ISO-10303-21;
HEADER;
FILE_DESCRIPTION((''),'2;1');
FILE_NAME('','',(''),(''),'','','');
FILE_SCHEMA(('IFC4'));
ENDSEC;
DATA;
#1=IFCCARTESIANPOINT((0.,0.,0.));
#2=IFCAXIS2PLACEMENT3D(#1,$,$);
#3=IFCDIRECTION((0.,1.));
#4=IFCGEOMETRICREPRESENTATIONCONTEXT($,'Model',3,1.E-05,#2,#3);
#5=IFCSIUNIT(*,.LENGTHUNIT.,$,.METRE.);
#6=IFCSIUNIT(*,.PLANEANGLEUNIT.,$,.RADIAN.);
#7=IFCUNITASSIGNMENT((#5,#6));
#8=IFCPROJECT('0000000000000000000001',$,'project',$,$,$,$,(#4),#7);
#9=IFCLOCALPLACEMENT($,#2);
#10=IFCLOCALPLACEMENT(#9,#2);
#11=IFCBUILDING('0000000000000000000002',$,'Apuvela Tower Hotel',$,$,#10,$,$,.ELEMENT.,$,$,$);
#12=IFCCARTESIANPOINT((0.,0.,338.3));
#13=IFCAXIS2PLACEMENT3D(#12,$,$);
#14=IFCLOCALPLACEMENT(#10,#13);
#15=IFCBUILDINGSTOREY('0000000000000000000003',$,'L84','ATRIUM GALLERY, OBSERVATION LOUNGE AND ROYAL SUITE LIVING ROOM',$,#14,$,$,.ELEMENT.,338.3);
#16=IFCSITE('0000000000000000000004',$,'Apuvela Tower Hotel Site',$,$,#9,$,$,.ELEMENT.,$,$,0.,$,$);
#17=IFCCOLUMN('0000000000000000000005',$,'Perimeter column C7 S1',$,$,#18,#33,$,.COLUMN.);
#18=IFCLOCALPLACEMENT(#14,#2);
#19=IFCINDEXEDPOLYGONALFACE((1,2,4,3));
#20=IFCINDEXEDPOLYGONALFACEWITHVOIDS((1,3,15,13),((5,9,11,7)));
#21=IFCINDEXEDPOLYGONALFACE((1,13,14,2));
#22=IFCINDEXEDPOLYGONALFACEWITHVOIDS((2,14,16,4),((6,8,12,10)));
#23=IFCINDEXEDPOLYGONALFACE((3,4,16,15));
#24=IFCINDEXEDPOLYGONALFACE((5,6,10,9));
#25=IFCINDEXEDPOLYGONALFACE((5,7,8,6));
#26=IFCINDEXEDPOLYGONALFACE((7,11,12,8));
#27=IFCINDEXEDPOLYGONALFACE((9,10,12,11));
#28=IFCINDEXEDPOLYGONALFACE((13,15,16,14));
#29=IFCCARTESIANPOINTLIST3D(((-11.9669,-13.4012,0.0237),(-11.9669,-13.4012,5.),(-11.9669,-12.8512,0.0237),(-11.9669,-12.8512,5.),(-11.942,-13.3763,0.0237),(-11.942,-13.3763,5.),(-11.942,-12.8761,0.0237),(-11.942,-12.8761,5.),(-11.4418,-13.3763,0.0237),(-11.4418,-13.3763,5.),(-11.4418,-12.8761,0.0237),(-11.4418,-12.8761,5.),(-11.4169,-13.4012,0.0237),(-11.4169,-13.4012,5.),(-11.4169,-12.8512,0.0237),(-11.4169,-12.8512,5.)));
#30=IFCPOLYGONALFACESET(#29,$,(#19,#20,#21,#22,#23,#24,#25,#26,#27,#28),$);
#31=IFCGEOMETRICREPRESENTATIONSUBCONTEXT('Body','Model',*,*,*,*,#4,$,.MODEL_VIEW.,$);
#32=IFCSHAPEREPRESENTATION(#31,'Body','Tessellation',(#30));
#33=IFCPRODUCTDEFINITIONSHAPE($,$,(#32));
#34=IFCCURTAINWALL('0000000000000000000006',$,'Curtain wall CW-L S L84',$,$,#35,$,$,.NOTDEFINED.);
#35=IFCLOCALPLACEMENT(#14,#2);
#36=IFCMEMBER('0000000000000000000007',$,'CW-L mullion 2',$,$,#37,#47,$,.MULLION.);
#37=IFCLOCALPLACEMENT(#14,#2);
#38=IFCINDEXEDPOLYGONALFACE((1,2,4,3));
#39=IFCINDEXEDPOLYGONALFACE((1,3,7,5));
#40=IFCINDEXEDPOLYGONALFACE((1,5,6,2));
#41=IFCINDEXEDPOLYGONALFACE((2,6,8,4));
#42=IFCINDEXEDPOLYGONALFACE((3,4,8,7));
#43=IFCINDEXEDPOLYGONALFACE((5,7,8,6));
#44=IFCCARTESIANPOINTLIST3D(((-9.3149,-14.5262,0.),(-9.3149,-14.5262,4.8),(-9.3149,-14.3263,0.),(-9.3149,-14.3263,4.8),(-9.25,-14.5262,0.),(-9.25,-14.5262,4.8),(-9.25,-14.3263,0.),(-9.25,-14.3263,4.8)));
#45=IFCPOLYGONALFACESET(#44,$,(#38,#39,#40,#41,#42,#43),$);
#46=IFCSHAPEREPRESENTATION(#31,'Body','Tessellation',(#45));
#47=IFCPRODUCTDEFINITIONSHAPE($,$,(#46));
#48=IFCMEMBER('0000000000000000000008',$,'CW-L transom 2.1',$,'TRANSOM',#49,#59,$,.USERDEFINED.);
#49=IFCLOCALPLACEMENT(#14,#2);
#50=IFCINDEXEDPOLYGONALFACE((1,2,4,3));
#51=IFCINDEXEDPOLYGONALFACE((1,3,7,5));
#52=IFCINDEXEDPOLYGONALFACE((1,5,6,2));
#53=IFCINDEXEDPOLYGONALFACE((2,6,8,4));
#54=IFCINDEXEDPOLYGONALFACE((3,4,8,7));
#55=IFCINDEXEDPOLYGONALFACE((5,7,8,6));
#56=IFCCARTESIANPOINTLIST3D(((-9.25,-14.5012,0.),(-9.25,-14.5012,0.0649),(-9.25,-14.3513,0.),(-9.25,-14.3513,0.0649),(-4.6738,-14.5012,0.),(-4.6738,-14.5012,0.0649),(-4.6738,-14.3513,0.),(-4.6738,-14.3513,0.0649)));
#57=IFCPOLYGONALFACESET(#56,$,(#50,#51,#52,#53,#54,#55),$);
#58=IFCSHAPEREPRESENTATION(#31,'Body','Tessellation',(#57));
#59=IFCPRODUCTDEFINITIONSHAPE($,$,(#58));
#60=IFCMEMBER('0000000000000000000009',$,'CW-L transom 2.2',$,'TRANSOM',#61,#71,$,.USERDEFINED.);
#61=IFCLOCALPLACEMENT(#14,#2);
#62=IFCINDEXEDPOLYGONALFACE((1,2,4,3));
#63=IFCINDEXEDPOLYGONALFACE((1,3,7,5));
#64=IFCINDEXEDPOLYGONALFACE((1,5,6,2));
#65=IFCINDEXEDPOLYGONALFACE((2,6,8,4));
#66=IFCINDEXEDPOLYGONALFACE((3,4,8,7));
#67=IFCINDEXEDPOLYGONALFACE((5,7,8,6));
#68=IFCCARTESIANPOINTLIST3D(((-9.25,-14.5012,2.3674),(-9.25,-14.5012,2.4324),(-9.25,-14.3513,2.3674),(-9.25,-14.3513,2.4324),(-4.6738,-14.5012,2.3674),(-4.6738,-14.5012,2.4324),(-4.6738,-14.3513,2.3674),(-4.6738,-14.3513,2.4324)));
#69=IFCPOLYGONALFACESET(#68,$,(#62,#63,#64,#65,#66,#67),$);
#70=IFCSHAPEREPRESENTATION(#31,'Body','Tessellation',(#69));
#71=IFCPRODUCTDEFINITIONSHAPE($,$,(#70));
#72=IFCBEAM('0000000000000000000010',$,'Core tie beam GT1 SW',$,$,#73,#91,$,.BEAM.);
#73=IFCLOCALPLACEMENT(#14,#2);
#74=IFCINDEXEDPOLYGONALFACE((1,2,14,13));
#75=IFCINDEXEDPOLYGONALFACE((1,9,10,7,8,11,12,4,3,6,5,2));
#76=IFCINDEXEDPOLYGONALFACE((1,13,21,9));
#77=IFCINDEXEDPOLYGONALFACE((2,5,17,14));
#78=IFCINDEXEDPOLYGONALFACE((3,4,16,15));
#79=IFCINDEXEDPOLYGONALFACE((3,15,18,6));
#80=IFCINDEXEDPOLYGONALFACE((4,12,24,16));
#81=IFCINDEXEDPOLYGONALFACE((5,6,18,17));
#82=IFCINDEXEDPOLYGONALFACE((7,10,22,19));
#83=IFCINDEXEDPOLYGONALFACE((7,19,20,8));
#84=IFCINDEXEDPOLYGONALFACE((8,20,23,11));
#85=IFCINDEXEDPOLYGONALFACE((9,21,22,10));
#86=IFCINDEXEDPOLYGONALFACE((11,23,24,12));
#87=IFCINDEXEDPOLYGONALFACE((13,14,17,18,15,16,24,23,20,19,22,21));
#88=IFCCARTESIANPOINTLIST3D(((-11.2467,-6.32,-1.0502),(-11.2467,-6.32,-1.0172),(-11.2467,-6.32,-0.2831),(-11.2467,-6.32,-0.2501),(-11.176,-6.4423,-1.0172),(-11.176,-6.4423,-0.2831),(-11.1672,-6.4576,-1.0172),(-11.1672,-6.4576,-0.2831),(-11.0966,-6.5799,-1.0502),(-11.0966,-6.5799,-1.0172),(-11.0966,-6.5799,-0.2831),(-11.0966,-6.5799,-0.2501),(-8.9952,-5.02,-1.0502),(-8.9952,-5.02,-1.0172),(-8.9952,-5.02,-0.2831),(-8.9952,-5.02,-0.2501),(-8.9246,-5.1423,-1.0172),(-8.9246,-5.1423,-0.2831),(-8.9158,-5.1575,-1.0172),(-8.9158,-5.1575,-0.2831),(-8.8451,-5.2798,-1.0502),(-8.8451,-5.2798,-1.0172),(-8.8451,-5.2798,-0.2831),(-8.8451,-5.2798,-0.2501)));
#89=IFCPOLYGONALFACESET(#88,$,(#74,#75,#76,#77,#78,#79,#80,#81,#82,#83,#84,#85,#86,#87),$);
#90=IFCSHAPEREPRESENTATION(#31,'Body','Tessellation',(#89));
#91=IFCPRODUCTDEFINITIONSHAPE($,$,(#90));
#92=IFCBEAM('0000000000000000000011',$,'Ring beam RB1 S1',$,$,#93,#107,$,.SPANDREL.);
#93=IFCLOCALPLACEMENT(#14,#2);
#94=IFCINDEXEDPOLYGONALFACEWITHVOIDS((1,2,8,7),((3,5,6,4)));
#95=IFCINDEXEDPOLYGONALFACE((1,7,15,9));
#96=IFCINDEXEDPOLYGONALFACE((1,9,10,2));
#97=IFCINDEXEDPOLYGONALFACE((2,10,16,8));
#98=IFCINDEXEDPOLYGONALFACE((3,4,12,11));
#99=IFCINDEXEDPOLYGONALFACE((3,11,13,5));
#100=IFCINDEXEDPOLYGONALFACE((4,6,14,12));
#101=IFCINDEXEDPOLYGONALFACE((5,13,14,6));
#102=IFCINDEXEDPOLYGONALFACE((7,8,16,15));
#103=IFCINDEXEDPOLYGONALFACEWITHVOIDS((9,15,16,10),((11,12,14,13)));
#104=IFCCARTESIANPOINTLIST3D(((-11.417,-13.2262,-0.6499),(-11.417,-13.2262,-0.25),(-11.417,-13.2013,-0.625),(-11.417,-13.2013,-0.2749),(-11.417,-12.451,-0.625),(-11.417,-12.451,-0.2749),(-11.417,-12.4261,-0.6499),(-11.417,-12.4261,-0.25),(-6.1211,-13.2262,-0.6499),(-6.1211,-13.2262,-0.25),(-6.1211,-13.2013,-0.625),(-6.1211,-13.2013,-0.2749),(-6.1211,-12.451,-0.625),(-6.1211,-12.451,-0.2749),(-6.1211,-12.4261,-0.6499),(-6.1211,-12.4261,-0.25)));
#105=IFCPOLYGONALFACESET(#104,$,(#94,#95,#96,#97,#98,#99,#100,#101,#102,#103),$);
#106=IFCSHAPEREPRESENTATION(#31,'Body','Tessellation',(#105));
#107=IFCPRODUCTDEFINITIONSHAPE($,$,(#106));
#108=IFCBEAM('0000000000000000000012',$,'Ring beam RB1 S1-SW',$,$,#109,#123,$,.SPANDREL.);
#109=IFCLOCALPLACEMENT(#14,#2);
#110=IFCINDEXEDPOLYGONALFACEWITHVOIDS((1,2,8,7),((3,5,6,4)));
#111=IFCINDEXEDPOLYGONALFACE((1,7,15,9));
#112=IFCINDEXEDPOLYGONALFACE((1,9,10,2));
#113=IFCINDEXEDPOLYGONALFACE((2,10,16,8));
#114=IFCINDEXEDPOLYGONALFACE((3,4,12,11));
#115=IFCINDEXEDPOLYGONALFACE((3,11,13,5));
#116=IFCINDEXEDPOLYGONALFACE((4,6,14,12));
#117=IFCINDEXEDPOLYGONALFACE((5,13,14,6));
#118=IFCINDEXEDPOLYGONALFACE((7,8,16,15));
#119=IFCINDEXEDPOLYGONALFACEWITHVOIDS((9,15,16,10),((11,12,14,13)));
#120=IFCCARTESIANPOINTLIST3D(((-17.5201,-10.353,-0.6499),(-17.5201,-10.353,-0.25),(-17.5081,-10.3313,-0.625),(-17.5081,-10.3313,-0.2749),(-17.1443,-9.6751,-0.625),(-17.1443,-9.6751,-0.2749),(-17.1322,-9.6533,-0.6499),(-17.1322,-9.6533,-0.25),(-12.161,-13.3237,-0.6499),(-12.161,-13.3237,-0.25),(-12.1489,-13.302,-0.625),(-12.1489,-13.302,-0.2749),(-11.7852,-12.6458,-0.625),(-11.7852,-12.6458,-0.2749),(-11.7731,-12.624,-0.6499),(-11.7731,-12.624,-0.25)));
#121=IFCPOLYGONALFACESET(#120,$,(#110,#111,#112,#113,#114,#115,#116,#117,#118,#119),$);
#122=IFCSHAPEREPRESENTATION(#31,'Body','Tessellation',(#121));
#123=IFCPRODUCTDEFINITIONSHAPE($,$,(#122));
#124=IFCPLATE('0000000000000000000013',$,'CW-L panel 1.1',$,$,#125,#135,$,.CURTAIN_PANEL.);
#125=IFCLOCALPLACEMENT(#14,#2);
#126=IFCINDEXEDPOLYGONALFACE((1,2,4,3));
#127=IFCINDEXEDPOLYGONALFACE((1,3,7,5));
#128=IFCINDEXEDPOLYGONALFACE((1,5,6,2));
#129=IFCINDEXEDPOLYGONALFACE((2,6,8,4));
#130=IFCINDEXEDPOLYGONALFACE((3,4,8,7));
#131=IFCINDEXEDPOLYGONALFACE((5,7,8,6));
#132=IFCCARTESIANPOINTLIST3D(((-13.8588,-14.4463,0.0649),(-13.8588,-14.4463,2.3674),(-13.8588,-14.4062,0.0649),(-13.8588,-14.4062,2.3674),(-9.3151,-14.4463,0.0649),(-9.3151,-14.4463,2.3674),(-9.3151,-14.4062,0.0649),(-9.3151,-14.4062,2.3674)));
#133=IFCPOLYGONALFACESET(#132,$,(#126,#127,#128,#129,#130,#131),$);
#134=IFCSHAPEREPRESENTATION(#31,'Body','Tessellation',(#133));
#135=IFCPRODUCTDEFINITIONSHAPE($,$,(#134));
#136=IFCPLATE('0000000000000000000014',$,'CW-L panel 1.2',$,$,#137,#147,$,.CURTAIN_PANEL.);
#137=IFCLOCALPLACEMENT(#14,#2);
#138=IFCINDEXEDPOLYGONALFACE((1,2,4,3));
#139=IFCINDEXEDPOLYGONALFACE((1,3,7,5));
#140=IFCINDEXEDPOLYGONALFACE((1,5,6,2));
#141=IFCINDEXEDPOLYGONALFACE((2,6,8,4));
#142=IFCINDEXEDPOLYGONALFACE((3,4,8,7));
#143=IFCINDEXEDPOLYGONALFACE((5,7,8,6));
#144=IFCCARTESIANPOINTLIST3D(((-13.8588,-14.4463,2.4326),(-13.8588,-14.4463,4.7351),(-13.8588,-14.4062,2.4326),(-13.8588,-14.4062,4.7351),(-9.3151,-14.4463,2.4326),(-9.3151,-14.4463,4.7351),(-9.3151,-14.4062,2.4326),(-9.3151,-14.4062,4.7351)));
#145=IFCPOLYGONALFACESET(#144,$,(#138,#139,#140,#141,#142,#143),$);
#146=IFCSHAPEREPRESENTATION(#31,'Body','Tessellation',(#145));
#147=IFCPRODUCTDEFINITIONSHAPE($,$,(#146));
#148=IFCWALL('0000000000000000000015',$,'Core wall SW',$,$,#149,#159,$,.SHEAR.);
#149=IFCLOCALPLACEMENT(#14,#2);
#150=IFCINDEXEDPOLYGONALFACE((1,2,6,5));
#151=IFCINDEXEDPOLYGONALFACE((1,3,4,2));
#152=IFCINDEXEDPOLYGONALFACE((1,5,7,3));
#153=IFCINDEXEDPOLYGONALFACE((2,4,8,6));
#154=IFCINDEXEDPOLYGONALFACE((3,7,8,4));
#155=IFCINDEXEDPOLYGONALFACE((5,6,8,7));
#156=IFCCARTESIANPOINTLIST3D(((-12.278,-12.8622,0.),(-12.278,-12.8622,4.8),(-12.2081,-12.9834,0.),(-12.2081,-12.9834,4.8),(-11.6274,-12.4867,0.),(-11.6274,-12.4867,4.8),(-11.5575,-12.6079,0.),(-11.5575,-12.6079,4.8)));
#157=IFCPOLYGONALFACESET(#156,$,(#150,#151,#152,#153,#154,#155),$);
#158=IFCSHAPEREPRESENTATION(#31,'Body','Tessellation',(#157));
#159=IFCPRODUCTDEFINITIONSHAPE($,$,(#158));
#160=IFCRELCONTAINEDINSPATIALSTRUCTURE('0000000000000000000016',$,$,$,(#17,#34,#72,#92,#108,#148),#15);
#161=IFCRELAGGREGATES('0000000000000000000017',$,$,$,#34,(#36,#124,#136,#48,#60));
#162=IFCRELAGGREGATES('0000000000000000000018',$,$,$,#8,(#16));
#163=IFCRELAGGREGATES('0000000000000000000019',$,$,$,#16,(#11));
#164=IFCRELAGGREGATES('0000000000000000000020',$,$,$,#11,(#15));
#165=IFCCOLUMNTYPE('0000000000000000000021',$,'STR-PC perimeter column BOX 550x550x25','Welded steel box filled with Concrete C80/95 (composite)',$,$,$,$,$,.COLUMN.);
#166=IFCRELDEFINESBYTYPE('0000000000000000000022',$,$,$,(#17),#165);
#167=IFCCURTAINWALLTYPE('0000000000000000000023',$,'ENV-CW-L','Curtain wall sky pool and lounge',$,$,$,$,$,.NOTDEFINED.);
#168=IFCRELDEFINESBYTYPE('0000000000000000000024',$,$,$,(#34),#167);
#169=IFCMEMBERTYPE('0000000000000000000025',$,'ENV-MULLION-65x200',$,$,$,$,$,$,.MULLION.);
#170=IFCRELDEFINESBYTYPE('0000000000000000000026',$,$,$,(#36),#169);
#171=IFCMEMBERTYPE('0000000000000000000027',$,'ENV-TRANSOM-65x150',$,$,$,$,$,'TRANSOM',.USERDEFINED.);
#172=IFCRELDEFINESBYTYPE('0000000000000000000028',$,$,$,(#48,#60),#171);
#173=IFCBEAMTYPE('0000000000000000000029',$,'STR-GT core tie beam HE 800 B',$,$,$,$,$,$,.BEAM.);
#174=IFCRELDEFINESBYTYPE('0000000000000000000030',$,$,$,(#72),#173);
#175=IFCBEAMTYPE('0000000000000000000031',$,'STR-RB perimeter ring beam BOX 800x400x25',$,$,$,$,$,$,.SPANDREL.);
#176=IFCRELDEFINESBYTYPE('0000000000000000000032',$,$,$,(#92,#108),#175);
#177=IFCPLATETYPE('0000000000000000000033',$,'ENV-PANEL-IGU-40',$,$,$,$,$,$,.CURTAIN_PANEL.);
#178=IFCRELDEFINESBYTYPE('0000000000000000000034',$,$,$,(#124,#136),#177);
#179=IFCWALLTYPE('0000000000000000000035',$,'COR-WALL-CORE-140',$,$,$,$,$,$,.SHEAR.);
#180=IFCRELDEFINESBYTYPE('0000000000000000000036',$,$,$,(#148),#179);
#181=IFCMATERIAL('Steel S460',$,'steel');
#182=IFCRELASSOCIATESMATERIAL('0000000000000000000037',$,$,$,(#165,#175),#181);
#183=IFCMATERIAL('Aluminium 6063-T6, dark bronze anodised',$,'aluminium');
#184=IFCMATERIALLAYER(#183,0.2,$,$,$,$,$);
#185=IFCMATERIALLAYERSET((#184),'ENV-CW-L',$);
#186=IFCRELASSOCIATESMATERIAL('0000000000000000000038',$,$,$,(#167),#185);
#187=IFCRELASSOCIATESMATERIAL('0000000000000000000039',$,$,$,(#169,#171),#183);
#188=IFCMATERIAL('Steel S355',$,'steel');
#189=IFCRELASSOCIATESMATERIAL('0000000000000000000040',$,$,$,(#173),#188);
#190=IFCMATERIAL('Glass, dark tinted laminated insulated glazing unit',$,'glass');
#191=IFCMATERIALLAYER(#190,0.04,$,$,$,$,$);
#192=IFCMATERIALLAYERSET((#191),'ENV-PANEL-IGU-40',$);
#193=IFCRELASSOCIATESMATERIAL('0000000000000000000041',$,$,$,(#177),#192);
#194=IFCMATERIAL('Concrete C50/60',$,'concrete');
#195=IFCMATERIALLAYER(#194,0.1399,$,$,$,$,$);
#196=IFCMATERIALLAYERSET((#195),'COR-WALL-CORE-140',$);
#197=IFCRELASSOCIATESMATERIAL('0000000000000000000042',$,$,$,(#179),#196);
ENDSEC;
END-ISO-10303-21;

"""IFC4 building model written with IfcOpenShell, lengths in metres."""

from ifc_helpers import new_model, si_unit, direction, frame, frame_2d, origin, origin_2d, place, context, subcontext, project, spatial, rectangle, hollow_rectangle, i_section, extrude, boolean, halfspace, material, layer, layer_set, material_profile, profile_set, type_object, element, aggregate, save


model = new_model("IFC4")

# Units and contexts
model_context = context("Model", 3, precision=1e-05, world=origin(), true_north=direction((0.0, 1.0)))
body_context = subcontext(model_context, "Body", "Model", "MODEL_VIEW")
ifc_project = project(units=[si_unit("LENGTHUNIT", "METRE"), si_unit("PLANEANGLEUNIT", "RADIAN")], contexts=[model_context])

# Site, building, storey
site_placement = place(None, origin())
site = spatial("IfcSite", under=ifc_project, at=site_placement, Name="Apuvela Tower Hotel Site", CompositionType="ELEMENT", RefElevation=0.0)
building_placement = place(site_placement, origin())
building = spatial("IfcBuilding", under=site, at=building_placement, Name="Apuvela Tower Hotel", CompositionType="ELEMENT")
storey_placement = place(building_placement, frame((0.0, 0.0, 338.3)))
storey = spatial("IfcBuildingStorey", under=building, at=storey_placement, Name="L84", Description="ATRIUM GALLERY, OBSERVATION LOUNGE AND ROYAL SUITE LIVING ROOM", CompositionType="ELEMENT", Elevation=338.3)

# Column
ifc_material_1 = material(Name="Steel S460", Category="steel")
ifc_material_profile_1 = material_profile(ifc_material_1, hollow_rectangle(XDim=0.55, YDim=0.55, WallThickness=0.0249, at=origin_2d()), Name="BOX 550x550x25")
ifc_material_2 = material(Name="Concrete C80/95", Category="concrete")
ifc_material_profile_2 = material_profile(ifc_material_2, rectangle(XDim=0.5, YDim=0.5, at=origin_2d()), Name="Concrete C80/95 infill")
ifc_profile_set_1 = profile_set([ifc_material_profile_1, ifc_material_profile_2], Name="Steel S460")
column_type = type_object("IfcColumnType", Name="STR-PC perimeter column BOX 550x550x25", Description="Welded steel box filled with Concrete C80/95 (composite)", PredefinedType="COLUMN", material=ifc_profile_set_1)
column_placement = place(storey_placement, frame((-11.6919, -13.1262, 0.0), z_axis=(0.0, 0.0, 1.0), x_axis=(-1.0, 0.0, 0.0)))
element("IfcColumn", 1, at=column_placement, inside=storey, type_object=column_type, Name="Perimeter column C7 S1", PredefinedType="COLUMN", context=body_context, shape_type="SweptSolid", body=[
    boolean("DIFFERENCE", extrude(hollow_rectangle(XDim=0.55, YDim=0.55, WallThickness=0.0249, at=origin_2d()), origin(), (0.0, 0.0, 1.0), 5.0), halfspace(frame((0.0, 0.0, 0.0237), z_axis=(0.0, 0.0, 1.0), x_axis=(1.0, 0.0, 0.0)), True)),
])

# Curtain wall, members
ifc_material_3 = material(Name="Aluminium 6063-T6, dark bronze anodised", Category="aluminium")
ifc_layer_1 = layer(ifc_material_3, 0.2)
ifc_layer_set_1 = layer_set([ifc_layer_1], Name="ENV-CW-L")
curtain_wall_type = type_object("IfcCurtainWallType", Name="ENV-CW-L", Description="Curtain wall sky pool and lounge", PredefinedType="NOTDEFINED", material=ifc_layer_set_1)
curtain_wall_placement = place(storey_placement, origin())
curtain_wall = element("IfcCurtainWall", 2, at=curtain_wall_placement, inside=storey, type_object=curtain_wall_type, Name="Curtain wall CW-L S L84", PredefinedType="NOTDEFINED")
ifc_material_profile_3 = material_profile(ifc_material_3, rectangle(XDim=0.2, YDim=0.0649, at=origin_2d()), Name="AL 65x200")
ifc_profile_set_2 = profile_set([ifc_material_profile_3], Name="Aluminium 6063-T6, dark bronze anodised")
member_type_1 = type_object("IfcMemberType", Name="ENV-MULLION-65x200", PredefinedType="MULLION", material=ifc_profile_set_2)
member_1_placement = place(storey_placement, frame((-9.2825, -14.4263, 0.0), z_axis=(0.0, 0.0, 1.0), x_axis=(0.0, 1.0, 0.0)))
member_1 = element("IfcMember", 3, at=member_1_placement, type_object=member_type_1, Name="CW-L mullion 2", PredefinedType="MULLION", context=body_context, shape_type="SweptSolid", body=[
    extrude(rectangle(XDim=0.2, YDim=0.0649, at=origin_2d()), origin(), (0.0, 0.0, 1.0), 4.8),
])
ifc_material_profile_4 = material_profile(ifc_material_3, rectangle(XDim=0.1499, YDim=0.0649, at=origin_2d()), Name="AL 65x150 transom")
ifc_profile_set_3 = profile_set([ifc_material_profile_4], Name="Aluminium 6063-T6, dark bronze anodised")
member_type_2 = type_object("IfcMemberType", Name="ENV-TRANSOM-65x150", ElementType="TRANSOM", PredefinedType="USERDEFINED", material=ifc_profile_set_3)
member_2_placement = place(storey_placement, frame((-9.25, -14.4263, 0.0325), z_axis=(1.0, 0.0, 0.0), x_axis=(0.0, 1.0, 0.0)))
member_2 = element("IfcMember", 4, at=member_2_placement, type_object=member_type_2, Name="CW-L transom 2.1", ObjectType="TRANSOM", PredefinedType="USERDEFINED", context=body_context, shape_type="SweptSolid", body=[
    extrude(rectangle(XDim=0.1499, YDim=0.0649, at=origin_2d()), origin(), (0.0, 0.0, 1.0), 4.5762),
])
member_3_placement = place(storey_placement, frame((-9.25, -14.4263, 2.3999), z_axis=(1.0, 0.0, 0.0), x_axis=(0.0, 1.0, 0.0)))
member_3 = element("IfcMember", 5, at=member_3_placement, type_object=member_type_2, Name="CW-L transom 2.2", ObjectType="TRANSOM", PredefinedType="USERDEFINED", context=body_context, shape_type="SweptSolid", body=[
    extrude(rectangle(XDim=0.1499, YDim=0.0649, at=origin_2d()), origin(), (0.0, 0.0, 1.0), 4.5762),
])

# Beams
ifc_material_4 = material(Name="Steel S355", Category="steel")
ifc_material_profile_5 = material_profile(ifc_material_4, i_section(OverallWidth=0.3, OverallDepth=0.8, WebThickness=0.0176, FlangeThickness=0.033, at=origin_2d()), Name="HE 800 B")
ifc_profile_set_4 = profile_set([ifc_material_profile_5], Name="Steel S355")
beam_type_1 = type_object("IfcBeamType", Name="STR-GT core tie beam HE 800 B", PredefinedType="BEAM", material=ifc_profile_set_4)
beam_1_placement = place(storey_placement, frame((-11.1716, -6.45, -0.6501), z_axis=(0.865998, 0.500048, 0.0), x_axis=(-0.500048, 0.865998, 0.0)))
element("IfcBeam", 6, at=beam_1_placement, inside=storey, type_object=beam_type_1, Name="Core tie beam GT1 SW", PredefinedType="BEAM", context=body_context, shape_type="SweptSolid", body=[
    extrude(i_section(OverallWidth=0.3, OverallDepth=0.8, WebThickness=0.0176, FlangeThickness=0.033, at=origin_2d()), origin(), (0.0, 0.0, 1.0), 2.5999),
])
ifc_material_profile_6 = material_profile(ifc_material_1, hollow_rectangle(XDim=0.8, YDim=0.3999, WallThickness=0.0249, at=origin_2d()), Name="BOX 800x400x25")
ifc_profile_set_5 = profile_set([ifc_material_profile_6], Name="Steel S460")
beam_type_2 = type_object("IfcBeamType", Name="STR-RB perimeter ring beam BOX 800x400x25", PredefinedType="SPANDREL", material=ifc_profile_set_5)
beam_2_placement = place(storey_placement, frame((-11.417, -12.8262, -0.45), z_axis=(1.0, 0.0, 0.0), x_axis=(0.0, 1.0, 0.0)))
element("IfcBeam", 7, at=beam_2_placement, inside=storey, type_object=beam_type_2, Name="Ring beam RB1 S1", PredefinedType="SPANDREL", context=body_context, shape_type="SweptSolid", body=[
    extrude(hollow_rectangle(XDim=0.8, YDim=0.3999, WallThickness=0.0249, at=origin_2d()), origin(), (0.0, 0.0, 1.0), 5.2959),
])
beam_3_placement = place(storey_placement, frame((-11.967, -12.9739, -0.45), z_axis=(-0.874614, 0.484821, 0.0), x_axis=(-0.484821, -0.874614, 0.0)))
element("IfcBeam", 8, at=beam_3_placement, inside=storey, type_object=beam_type_2, Name="Ring beam RB1 S1-SW", PredefinedType="SPANDREL", context=body_context, shape_type="SweptSolid", body=[
    extrude(hollow_rectangle(XDim=0.8, YDim=0.3999, WallThickness=0.0249, at=origin_2d()), origin(), (0.0, 0.0, 1.0), 6.1274),
])

# Plates
ifc_material_5 = material(Name="Glass, dark tinted laminated insulated glazing unit", Category="glass")
ifc_layer_2 = layer(ifc_material_5, 0.04)
ifc_layer_set_2 = layer_set([ifc_layer_2], Name="ENV-PANEL-IGU-40")
plate_type = type_object("IfcPlateType", Name="ENV-PANEL-IGU-40", PredefinedType="CURTAIN_PANEL", material=ifc_layer_set_2)
plate_1_placement = place(storey_placement, frame((-11.5869, -14.4263, 0.0649), z_axis=(0.0, 0.0, 1.0), x_axis=(1.0, 0.0, 0.0)))
plate_1 = element("IfcPlate", 9, at=plate_1_placement, type_object=plate_type, Name="CW-L panel 1.1", PredefinedType="CURTAIN_PANEL", context=body_context, shape_type="SweptSolid", body=[
    extrude(rectangle(XDim=4.5437, YDim=0.04, at=origin_2d()), origin(), (0.0, 0.0, 1.0), 2.3025),
])
plate_2_placement = place(storey_placement, frame((-11.5869, -14.4263, 2.4326), z_axis=(0.0, 0.0, 1.0), x_axis=(1.0, 0.0, 0.0)))
plate_2 = element("IfcPlate", 10, at=plate_2_placement, type_object=plate_type, Name="CW-L panel 1.2", PredefinedType="CURTAIN_PANEL", context=body_context, shape_type="SweptSolid", body=[
    extrude(rectangle(XDim=4.5437, YDim=0.04, at=origin_2d()), origin(), (0.0, 0.0, 1.0), 2.3025),
])
aggregate(curtain_wall, [member_1, plate_1, plate_2, member_2, member_3])

# Wall
ifc_material_6 = material(Name="Concrete C50/60", Category="concrete")
ifc_layer_3 = layer(ifc_material_6, 0.1399)
ifc_layer_set_3 = layer_set([ifc_layer_3], Name="COR-WALL-CORE-140")
wall_type_1 = type_object("IfcWallType", Name="COR-WALL-CORE-140", PredefinedType="SHEAR", material=ifc_layer_set_3)
wall_1_placement = place(storey_placement, frame((-11.5925, -12.5474, 0.0), z_axis=(0.0, 0.0, 1.0), x_axis=(-0.866115, -0.499844, 0.0)))
element("IfcWall", 11, at=wall_1_placement, inside=storey, type_object=wall_type_1, Name="Core wall SW", PredefinedType="SHEAR", context=body_context, shape_type="SweptSolid", body=[
    extrude(rectangle(XDim=0.7512, YDim=0.1399, at=frame_2d((0.3755, 0.0))), origin(), (0.0, 0.0, 1.0), 4.8),
])

save(model, "model.ifc")
